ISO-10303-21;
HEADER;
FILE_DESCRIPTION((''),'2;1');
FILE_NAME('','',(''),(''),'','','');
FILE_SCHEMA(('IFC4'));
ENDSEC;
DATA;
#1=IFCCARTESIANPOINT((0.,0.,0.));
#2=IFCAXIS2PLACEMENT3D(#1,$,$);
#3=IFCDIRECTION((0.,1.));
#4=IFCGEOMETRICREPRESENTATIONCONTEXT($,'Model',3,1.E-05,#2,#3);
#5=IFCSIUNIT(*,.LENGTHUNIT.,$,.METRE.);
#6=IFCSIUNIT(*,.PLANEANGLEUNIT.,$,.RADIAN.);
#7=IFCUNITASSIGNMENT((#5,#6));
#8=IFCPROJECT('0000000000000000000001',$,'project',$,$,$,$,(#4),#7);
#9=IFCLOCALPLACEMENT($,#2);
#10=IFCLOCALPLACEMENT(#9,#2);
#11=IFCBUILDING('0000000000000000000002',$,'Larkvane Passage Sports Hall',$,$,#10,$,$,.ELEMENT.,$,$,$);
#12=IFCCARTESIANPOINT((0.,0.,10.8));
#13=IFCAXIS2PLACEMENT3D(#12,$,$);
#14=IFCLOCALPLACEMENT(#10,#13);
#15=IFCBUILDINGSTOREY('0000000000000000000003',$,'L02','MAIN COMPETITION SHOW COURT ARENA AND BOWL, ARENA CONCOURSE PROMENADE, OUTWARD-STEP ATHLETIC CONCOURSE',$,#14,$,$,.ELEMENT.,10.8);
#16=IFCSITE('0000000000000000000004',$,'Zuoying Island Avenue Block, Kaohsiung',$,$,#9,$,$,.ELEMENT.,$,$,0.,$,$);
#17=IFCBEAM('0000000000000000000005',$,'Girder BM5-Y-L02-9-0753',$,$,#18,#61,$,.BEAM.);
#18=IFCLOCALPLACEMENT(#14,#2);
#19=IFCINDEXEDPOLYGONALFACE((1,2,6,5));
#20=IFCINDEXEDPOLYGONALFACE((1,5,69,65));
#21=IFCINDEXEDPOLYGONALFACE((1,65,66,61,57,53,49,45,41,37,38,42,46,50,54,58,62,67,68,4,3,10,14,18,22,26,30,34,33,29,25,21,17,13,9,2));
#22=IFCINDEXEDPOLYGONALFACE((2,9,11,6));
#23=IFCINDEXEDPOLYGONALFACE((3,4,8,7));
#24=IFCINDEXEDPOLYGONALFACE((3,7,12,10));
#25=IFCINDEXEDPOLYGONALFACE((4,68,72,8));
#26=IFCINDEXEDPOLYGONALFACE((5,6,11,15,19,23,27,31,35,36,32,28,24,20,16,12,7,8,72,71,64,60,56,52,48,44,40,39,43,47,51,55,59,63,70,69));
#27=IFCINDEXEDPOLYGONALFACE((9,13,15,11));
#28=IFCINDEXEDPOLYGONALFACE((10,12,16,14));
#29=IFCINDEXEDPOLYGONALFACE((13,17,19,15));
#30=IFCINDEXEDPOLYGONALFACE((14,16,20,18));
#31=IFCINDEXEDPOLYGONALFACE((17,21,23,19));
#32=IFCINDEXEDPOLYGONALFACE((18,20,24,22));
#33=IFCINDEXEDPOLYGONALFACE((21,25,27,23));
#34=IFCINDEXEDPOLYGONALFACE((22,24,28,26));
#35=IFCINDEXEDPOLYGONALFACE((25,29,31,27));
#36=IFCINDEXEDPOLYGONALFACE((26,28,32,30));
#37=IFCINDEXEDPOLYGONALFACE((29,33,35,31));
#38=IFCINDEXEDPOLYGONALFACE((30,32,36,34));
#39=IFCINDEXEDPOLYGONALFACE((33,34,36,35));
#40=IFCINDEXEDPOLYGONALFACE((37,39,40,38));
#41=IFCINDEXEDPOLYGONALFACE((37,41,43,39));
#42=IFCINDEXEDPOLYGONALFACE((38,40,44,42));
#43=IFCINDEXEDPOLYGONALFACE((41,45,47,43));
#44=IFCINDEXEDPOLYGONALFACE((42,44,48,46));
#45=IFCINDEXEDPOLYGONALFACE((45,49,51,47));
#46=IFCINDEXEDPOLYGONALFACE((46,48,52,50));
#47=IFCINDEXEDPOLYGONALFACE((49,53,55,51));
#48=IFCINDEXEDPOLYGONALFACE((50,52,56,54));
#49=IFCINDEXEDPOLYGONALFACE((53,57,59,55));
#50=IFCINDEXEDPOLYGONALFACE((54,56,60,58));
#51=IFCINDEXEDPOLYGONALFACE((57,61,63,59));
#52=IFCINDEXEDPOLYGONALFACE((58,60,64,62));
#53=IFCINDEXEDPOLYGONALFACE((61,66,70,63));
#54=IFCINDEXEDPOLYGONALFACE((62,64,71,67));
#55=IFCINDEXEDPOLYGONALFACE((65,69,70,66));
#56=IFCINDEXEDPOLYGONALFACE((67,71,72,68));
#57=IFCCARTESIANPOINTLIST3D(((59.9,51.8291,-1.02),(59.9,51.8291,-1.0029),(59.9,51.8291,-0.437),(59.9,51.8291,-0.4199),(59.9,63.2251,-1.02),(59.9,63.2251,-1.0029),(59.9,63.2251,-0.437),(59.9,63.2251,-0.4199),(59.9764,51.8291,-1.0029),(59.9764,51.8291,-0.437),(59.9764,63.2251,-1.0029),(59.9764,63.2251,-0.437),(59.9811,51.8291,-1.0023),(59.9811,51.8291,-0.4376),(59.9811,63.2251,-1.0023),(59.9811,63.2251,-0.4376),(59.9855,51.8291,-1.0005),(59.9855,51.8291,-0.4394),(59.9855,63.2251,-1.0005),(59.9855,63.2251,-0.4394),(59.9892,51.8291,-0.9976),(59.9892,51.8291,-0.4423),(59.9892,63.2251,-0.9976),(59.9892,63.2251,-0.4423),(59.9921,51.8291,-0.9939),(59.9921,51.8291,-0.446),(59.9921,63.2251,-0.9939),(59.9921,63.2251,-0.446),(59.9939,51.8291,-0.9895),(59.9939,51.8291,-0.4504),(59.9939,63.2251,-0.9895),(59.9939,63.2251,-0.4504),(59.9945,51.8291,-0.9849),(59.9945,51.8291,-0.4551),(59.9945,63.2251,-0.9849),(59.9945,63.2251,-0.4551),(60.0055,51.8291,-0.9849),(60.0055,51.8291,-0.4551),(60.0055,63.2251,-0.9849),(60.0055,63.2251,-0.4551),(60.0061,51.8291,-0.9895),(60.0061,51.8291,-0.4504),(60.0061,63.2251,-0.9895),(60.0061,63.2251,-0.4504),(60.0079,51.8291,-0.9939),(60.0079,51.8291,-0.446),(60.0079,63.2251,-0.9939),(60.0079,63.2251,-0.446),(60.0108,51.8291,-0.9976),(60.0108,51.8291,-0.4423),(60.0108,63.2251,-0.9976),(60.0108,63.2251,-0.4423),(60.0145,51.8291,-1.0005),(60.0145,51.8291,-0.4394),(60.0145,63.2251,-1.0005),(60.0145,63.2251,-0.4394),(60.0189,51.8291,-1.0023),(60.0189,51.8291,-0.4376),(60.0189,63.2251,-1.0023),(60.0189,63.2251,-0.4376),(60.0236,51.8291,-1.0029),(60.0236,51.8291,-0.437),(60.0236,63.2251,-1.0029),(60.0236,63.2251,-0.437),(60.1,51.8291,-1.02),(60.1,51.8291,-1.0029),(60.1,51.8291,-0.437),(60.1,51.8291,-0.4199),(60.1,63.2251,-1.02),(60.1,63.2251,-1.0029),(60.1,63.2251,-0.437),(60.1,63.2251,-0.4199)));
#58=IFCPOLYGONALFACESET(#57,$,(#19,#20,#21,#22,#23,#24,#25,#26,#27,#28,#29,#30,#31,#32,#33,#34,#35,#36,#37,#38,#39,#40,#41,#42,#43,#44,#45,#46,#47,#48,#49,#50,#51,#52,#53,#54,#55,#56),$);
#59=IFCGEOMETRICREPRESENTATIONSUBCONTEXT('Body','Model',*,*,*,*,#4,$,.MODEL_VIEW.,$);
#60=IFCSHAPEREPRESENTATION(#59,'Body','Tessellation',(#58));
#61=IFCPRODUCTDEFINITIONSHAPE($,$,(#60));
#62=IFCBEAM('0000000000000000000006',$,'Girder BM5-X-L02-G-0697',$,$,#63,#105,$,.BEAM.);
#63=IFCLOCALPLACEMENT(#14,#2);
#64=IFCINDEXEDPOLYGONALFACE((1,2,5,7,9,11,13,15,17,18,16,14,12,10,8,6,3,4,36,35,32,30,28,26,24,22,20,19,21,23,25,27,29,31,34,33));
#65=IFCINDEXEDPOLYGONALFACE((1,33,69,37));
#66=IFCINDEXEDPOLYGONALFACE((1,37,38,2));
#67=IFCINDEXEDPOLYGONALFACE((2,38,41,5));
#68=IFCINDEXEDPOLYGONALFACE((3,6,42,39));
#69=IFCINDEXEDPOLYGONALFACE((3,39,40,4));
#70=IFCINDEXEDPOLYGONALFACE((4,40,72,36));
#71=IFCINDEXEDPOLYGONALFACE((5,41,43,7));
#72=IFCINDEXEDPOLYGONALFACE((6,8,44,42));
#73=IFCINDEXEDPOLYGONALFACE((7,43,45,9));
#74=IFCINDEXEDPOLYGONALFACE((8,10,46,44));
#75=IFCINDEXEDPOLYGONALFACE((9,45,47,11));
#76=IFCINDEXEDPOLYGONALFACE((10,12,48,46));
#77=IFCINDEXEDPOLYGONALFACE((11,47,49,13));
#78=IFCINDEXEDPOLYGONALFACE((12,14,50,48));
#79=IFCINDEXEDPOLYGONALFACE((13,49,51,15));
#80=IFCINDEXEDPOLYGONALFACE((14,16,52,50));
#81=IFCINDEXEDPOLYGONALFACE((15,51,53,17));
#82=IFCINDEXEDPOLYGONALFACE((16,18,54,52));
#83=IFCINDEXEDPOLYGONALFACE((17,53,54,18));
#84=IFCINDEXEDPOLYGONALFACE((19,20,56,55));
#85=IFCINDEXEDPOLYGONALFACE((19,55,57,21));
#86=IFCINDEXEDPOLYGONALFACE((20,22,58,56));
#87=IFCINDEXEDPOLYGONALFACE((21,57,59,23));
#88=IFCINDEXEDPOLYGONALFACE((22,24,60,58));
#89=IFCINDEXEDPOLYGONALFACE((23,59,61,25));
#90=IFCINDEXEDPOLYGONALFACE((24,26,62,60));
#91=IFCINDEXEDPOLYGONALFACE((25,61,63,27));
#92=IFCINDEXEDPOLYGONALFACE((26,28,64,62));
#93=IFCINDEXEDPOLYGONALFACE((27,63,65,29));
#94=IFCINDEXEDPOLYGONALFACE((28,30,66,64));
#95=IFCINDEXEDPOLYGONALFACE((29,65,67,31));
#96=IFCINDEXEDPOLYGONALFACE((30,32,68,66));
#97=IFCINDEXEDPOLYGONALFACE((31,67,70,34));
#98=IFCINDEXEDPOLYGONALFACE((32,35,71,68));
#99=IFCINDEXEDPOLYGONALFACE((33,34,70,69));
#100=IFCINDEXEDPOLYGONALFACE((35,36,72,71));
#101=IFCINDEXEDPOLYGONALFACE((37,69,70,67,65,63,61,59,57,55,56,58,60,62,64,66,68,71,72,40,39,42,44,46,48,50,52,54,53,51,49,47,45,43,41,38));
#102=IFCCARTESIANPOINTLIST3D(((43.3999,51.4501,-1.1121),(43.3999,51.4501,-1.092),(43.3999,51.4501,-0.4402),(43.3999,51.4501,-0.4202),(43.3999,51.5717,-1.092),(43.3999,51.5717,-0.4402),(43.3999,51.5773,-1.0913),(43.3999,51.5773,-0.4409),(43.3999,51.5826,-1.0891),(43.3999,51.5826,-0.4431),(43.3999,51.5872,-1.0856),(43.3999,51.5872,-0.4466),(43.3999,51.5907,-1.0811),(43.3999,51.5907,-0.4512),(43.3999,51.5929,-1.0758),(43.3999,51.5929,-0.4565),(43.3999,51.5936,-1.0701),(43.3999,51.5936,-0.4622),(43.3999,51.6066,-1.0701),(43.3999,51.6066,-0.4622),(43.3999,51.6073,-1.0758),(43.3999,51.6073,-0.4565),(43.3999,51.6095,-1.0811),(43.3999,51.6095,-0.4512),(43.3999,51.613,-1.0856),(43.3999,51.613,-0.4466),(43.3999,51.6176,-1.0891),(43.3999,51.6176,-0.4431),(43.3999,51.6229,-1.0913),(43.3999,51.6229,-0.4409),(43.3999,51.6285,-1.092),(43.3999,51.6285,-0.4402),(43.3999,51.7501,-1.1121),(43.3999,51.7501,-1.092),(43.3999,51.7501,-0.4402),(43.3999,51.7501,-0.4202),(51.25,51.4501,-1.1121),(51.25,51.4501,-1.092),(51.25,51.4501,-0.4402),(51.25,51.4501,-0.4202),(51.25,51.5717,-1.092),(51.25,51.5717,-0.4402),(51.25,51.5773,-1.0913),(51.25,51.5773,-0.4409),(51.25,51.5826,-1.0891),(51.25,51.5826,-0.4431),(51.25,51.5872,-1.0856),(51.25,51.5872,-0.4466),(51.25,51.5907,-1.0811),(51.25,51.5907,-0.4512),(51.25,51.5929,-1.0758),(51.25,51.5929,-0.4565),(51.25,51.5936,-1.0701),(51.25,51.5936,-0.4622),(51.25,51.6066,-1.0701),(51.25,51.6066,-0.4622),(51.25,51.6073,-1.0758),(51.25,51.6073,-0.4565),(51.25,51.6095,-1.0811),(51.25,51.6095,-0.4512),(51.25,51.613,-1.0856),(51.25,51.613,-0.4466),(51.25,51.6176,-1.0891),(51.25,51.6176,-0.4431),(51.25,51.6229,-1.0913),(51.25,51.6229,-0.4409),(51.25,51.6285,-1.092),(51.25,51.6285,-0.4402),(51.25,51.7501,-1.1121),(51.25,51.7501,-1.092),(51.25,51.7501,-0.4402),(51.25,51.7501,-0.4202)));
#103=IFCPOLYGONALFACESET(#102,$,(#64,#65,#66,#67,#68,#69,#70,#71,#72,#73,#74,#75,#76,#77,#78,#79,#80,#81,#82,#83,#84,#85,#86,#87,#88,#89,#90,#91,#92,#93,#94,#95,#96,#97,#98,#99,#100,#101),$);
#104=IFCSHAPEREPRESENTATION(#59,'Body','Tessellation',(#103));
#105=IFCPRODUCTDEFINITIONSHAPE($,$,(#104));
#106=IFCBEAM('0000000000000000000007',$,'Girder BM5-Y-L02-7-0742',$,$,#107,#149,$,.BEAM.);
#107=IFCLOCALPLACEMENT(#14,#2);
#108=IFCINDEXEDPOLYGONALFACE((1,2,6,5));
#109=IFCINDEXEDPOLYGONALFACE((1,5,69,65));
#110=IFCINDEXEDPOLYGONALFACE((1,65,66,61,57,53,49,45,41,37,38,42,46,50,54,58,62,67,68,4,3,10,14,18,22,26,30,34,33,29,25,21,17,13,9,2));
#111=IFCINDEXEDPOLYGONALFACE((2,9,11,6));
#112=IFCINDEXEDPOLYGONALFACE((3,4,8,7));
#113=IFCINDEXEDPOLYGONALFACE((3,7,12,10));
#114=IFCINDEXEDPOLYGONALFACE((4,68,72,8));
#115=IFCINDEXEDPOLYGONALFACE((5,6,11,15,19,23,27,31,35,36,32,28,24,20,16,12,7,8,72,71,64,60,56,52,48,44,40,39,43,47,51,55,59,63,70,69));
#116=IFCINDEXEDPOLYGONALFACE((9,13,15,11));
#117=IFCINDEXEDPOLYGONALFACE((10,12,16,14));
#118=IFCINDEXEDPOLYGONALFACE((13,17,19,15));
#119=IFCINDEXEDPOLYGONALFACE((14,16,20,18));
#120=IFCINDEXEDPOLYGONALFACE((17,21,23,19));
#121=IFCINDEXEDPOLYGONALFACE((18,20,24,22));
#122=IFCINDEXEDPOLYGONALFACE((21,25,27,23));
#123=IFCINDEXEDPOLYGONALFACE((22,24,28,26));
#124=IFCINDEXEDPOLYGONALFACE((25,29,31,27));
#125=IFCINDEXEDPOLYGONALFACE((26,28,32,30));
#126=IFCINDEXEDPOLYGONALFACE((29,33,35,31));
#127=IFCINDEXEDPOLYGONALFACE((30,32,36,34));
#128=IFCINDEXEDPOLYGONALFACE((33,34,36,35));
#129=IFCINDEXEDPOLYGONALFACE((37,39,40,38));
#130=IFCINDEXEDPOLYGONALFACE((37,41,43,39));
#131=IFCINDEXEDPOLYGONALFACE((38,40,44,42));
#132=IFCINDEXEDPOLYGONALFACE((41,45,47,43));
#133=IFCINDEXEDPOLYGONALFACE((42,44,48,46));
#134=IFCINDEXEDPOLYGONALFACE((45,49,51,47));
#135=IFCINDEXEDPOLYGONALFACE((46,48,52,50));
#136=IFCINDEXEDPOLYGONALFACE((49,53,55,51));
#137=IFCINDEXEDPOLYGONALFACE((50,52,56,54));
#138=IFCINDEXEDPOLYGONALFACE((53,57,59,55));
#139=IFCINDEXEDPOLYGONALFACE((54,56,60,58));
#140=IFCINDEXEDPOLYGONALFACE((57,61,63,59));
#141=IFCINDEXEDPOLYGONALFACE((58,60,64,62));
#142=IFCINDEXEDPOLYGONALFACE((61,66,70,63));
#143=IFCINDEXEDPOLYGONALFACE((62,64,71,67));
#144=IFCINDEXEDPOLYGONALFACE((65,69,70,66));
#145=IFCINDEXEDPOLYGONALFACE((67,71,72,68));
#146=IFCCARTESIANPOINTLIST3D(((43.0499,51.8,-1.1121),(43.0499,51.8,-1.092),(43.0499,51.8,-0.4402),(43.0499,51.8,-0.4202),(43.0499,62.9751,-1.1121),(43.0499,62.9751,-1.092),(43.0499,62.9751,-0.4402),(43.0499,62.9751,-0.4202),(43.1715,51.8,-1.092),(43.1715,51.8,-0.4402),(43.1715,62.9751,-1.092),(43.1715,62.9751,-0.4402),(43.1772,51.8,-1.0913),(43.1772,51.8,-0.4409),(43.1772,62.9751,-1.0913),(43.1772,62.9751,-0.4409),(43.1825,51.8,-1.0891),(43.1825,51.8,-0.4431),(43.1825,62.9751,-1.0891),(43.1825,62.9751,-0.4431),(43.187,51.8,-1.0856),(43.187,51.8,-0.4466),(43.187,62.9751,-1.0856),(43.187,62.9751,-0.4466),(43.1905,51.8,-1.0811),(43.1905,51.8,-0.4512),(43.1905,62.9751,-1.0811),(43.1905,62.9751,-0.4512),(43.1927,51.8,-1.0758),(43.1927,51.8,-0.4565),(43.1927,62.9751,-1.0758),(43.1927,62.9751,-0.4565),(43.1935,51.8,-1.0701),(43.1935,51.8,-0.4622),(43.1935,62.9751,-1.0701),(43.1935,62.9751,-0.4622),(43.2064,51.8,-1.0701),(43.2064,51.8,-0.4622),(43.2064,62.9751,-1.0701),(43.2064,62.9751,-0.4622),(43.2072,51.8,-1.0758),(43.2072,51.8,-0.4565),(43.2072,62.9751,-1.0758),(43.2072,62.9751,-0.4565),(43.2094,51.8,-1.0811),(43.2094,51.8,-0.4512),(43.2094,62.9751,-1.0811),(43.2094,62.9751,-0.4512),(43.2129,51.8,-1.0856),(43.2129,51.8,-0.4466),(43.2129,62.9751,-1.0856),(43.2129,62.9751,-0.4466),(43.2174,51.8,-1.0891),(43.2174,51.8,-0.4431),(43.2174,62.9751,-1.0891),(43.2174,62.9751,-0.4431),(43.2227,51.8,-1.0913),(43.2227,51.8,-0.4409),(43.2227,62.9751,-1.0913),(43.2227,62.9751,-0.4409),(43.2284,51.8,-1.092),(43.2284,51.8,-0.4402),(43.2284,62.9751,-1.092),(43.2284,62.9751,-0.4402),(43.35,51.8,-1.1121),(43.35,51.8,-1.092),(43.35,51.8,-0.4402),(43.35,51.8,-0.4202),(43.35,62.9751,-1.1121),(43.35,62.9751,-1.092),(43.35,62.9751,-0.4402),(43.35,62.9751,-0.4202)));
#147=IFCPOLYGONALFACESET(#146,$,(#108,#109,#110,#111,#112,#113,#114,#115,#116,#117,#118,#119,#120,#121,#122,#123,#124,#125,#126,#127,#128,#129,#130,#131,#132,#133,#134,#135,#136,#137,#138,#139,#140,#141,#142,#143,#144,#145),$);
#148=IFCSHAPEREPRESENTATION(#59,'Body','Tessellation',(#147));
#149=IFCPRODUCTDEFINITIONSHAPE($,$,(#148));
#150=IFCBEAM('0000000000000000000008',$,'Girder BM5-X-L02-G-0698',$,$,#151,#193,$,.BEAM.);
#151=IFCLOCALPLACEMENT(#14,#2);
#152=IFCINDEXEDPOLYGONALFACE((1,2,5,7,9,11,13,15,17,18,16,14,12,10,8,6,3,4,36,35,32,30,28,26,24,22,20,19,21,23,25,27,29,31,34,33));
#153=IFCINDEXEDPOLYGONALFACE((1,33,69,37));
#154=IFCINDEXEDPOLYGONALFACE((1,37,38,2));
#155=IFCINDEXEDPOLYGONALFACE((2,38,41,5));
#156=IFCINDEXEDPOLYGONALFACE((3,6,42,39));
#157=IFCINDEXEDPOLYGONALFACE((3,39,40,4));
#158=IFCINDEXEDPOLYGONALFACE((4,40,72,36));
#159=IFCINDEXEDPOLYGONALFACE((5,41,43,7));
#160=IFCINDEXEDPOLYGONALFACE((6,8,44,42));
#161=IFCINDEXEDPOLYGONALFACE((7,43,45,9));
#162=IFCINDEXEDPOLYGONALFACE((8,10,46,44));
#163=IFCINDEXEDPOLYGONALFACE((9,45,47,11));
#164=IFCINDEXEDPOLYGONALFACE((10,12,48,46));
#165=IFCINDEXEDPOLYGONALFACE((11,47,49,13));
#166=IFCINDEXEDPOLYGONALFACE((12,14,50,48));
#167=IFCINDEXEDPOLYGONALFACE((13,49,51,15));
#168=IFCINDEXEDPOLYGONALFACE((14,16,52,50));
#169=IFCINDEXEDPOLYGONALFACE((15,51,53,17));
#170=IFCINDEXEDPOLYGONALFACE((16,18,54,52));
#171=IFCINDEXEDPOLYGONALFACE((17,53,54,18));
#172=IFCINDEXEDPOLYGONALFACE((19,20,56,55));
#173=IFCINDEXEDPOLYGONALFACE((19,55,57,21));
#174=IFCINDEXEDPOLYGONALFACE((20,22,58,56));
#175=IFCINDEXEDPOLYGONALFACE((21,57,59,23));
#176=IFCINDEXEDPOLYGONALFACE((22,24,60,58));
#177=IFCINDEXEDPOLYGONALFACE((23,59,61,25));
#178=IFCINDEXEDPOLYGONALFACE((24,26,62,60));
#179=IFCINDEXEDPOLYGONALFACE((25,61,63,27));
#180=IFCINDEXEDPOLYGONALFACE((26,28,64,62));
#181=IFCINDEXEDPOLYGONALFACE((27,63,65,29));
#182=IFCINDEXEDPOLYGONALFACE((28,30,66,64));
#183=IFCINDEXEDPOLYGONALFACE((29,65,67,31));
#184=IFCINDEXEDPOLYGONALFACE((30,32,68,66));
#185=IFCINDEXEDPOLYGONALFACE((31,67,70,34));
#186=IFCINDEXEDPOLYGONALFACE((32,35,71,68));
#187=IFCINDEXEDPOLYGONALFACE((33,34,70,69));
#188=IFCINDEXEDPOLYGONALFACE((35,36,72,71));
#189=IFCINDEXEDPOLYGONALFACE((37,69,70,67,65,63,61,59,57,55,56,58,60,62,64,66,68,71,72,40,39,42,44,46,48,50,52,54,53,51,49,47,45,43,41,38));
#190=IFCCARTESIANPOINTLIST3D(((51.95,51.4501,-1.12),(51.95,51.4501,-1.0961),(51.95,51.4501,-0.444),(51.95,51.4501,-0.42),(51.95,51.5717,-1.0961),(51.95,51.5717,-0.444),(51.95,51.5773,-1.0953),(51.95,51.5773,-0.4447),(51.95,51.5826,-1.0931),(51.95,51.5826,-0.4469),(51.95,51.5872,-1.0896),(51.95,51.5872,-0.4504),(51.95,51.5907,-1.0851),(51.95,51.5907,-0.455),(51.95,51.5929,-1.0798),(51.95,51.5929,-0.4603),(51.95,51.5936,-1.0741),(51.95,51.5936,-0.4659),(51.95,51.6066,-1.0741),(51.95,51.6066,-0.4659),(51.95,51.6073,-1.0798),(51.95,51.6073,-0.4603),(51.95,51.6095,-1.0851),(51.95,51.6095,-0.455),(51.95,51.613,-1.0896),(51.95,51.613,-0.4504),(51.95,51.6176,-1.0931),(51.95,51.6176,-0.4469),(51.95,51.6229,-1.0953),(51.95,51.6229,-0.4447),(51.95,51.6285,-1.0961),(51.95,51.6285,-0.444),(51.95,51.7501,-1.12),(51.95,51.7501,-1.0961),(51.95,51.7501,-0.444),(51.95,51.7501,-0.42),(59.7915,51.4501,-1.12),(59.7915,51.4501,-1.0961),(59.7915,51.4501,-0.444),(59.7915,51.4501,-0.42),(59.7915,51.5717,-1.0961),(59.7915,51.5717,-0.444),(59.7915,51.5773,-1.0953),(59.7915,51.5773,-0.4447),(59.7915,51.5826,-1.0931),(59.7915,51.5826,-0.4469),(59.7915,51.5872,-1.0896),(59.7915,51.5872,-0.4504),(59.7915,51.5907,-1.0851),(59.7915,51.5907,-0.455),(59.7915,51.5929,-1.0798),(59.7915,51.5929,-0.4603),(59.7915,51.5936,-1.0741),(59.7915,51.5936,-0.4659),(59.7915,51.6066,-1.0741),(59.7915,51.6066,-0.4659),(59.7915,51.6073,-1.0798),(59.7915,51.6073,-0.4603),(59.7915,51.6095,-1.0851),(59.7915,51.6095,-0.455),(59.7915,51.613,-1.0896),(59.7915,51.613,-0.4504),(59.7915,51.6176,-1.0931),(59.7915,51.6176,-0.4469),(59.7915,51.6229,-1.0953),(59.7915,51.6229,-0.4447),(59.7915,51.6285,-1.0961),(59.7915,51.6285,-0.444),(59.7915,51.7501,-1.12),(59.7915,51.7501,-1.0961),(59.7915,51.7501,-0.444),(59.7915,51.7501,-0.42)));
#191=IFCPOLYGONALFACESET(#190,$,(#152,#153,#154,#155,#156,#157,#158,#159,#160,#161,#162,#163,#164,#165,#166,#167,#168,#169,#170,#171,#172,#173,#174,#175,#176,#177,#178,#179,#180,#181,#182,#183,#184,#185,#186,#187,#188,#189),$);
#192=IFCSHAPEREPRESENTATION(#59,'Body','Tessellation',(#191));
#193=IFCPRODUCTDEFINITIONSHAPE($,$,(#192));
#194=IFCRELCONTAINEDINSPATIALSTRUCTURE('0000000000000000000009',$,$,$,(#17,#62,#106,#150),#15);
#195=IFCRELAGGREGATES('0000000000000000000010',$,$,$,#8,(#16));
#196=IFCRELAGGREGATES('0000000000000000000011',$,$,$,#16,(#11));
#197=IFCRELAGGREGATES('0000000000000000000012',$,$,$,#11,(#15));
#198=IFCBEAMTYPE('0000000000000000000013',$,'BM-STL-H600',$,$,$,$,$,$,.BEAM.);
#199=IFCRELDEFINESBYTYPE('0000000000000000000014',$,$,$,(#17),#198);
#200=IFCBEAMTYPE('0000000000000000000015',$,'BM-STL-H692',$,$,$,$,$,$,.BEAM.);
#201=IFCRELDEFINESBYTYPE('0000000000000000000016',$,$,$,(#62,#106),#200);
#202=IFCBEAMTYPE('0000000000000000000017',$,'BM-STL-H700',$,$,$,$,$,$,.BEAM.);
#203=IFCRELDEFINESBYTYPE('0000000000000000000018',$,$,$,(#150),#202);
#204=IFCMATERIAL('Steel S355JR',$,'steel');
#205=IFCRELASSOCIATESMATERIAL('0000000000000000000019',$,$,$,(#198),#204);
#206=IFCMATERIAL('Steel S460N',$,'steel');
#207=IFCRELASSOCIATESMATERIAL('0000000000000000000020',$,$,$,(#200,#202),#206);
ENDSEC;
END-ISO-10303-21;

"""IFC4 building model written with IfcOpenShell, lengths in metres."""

from ifc_helpers import new_model, si_unit, direction, frame, origin, origin_2d, place, context, subcontext, project, spatial, i_section, extrude, material, material_profile, profile_set, type_object, element, save


model = new_model("IFC4")

# Units and contexts
model_context = context("Model", 3, precision=1e-05, world=origin(), true_north=direction((0.0, 1.0)))
body_context = subcontext(model_context, "Body", "Model", "MODEL_VIEW")
ifc_project = project(units=[si_unit("LENGTHUNIT", "METRE"), si_unit("PLANEANGLEUNIT", "RADIAN")], contexts=[model_context])

# Site, building, storey
site_placement = place(None, origin())
site = spatial("IfcSite", under=ifc_project, at=site_placement, Name="Zuoying Island Avenue Block, Kaohsiung", CompositionType="ELEMENT", RefElevation=0.0)
building_placement = place(site_placement, origin())
building = spatial("IfcBuilding", under=site, at=building_placement, Name="Larkvane Passage Sports Hall", CompositionType="ELEMENT")
storey_placement = place(building_placement, frame((0.0, 0.0, 10.8)))
storey = spatial("IfcBuildingStorey", under=building, at=storey_placement, Name="L02", Description="MAIN COMPETITION SHOW COURT ARENA AND BOWL, ARENA CONCOURSE PROMENADE, OUTWARD-STEP ATHLETIC CONCOURSE", CompositionType="ELEMENT", Elevation=10.8)

# Beams
ifc_material_1 = material(Name="Steel S355JR", Category="steel")
ifc_material_profile_1 = material_profile(ifc_material_1, i_section(OverallWidth=0.2, OverallDepth=0.6001, WebThickness=0.011, FlangeThickness=0.0171, FilletRadius=0.0181, at=origin_2d()), Name="H-600x200x11x17")
ifc_profile_set_1 = profile_set([ifc_material_profile_1], Name="Steel S355JR")
beam_type_1 = type_object("IfcBeamType", Name="BM-STL-H600", PredefinedType="BEAM", material=ifc_profile_set_1)
beam_1_placement = place(storey_placement, frame((60.0, 51.8291, -0.72), z_axis=(0.0, 1.0, 0.0), x_axis=(-1.0, 0.0, 0.0)))
element("IfcBeam", 1, at=beam_1_placement, inside=storey, type_object=beam_type_1, Name="Girder BM5-Y-L02-9-0753", PredefinedType="BEAM", context=body_context, shape_type="SweptSolid", body=[
    extrude(i_section(OverallWidth=0.2, OverallDepth=0.6001, WebThickness=0.011, FlangeThickness=0.0171, FilletRadius=0.0181, at=origin_2d()), origin(), (0.0, 0.0, 1.0), 11.396),
])
ifc_material_2 = material(Name="Steel S460N", Category="steel")
ifc_material_profile_2 = material_profile(ifc_material_2, i_section(OverallWidth=0.3, OverallDepth=0.6919, WebThickness=0.0129, FlangeThickness=0.02, FilletRadius=0.022, at=origin_2d()), Name="H-692x300x13x20")
ifc_profile_set_2 = profile_set([ifc_material_profile_2], Name="Steel S460N")
beam_type_2 = type_object("IfcBeamType", Name="BM-STL-H692", PredefinedType="BEAM", material=ifc_profile_set_2)
beam_2_placement = place(storey_placement, frame((43.3999, 51.6001, -0.7661), z_axis=(1.0, 0.0, 0.0), x_axis=(0.0, 1.0, 0.0)))
element("IfcBeam", 2, at=beam_2_placement, inside=storey, type_object=beam_type_2, Name="Girder BM5-X-L02-G-0697", PredefinedType="BEAM", context=body_context, shape_type="SweptSolid", body=[
    extrude(i_section(OverallWidth=0.3, OverallDepth=0.6919, WebThickness=0.0129, FlangeThickness=0.02, FilletRadius=0.022, at=origin_2d()), origin(), (0.0, 0.0, 1.0), 7.8501),
])
beam_3_placement = place(storey_placement, frame((43.2, 51.8, -0.7661), z_axis=(0.0, 1.0, 0.0), x_axis=(-1.0, 0.0, 0.0)))
element("IfcBeam", 3, at=beam_3_placement, inside=storey, type_object=beam_type_2, Name="Girder BM5-Y-L02-7-0742", PredefinedType="BEAM", context=body_context, shape_type="SweptSolid", body=[
    extrude(i_section(OverallWidth=0.3, OverallDepth=0.6919, WebThickness=0.0129, FlangeThickness=0.02, FilletRadius=0.022, at=origin_2d()), origin(), (0.0, 0.0, 1.0), 11.175),
])
ifc_material_profile_3 = material_profile(ifc_material_2, i_section(OverallWidth=0.3, OverallDepth=0.7, WebThickness=0.0129, FlangeThickness=0.0239, FilletRadius=0.022, at=origin_2d()), Name="H-700x300x13x24")
ifc_profile_set_3 = profile_set([ifc_material_profile_3], Name="Steel S460N")
beam_type_3 = type_object("IfcBeamType", Name="BM-STL-H700", PredefinedType="BEAM", material=ifc_profile_set_3)
beam_4_placement = place(storey_placement, frame((51.95, 51.6001, -0.77), z_axis=(1.0, 0.0, 0.0), x_axis=(0.0, 1.0, 0.0)))
element("IfcBeam", 4, at=beam_4_placement, inside=storey, type_object=beam_type_3, Name="Girder BM5-X-L02-G-0698", PredefinedType="BEAM", context=body_context, shape_type="SweptSolid", body=[
    extrude(i_section(OverallWidth=0.3, OverallDepth=0.7, WebThickness=0.0129, FlangeThickness=0.0239, FilletRadius=0.022, at=origin_2d()), origin(), (0.0, 0.0, 1.0), 7.8416),
])

save(model, "model.ifc")
